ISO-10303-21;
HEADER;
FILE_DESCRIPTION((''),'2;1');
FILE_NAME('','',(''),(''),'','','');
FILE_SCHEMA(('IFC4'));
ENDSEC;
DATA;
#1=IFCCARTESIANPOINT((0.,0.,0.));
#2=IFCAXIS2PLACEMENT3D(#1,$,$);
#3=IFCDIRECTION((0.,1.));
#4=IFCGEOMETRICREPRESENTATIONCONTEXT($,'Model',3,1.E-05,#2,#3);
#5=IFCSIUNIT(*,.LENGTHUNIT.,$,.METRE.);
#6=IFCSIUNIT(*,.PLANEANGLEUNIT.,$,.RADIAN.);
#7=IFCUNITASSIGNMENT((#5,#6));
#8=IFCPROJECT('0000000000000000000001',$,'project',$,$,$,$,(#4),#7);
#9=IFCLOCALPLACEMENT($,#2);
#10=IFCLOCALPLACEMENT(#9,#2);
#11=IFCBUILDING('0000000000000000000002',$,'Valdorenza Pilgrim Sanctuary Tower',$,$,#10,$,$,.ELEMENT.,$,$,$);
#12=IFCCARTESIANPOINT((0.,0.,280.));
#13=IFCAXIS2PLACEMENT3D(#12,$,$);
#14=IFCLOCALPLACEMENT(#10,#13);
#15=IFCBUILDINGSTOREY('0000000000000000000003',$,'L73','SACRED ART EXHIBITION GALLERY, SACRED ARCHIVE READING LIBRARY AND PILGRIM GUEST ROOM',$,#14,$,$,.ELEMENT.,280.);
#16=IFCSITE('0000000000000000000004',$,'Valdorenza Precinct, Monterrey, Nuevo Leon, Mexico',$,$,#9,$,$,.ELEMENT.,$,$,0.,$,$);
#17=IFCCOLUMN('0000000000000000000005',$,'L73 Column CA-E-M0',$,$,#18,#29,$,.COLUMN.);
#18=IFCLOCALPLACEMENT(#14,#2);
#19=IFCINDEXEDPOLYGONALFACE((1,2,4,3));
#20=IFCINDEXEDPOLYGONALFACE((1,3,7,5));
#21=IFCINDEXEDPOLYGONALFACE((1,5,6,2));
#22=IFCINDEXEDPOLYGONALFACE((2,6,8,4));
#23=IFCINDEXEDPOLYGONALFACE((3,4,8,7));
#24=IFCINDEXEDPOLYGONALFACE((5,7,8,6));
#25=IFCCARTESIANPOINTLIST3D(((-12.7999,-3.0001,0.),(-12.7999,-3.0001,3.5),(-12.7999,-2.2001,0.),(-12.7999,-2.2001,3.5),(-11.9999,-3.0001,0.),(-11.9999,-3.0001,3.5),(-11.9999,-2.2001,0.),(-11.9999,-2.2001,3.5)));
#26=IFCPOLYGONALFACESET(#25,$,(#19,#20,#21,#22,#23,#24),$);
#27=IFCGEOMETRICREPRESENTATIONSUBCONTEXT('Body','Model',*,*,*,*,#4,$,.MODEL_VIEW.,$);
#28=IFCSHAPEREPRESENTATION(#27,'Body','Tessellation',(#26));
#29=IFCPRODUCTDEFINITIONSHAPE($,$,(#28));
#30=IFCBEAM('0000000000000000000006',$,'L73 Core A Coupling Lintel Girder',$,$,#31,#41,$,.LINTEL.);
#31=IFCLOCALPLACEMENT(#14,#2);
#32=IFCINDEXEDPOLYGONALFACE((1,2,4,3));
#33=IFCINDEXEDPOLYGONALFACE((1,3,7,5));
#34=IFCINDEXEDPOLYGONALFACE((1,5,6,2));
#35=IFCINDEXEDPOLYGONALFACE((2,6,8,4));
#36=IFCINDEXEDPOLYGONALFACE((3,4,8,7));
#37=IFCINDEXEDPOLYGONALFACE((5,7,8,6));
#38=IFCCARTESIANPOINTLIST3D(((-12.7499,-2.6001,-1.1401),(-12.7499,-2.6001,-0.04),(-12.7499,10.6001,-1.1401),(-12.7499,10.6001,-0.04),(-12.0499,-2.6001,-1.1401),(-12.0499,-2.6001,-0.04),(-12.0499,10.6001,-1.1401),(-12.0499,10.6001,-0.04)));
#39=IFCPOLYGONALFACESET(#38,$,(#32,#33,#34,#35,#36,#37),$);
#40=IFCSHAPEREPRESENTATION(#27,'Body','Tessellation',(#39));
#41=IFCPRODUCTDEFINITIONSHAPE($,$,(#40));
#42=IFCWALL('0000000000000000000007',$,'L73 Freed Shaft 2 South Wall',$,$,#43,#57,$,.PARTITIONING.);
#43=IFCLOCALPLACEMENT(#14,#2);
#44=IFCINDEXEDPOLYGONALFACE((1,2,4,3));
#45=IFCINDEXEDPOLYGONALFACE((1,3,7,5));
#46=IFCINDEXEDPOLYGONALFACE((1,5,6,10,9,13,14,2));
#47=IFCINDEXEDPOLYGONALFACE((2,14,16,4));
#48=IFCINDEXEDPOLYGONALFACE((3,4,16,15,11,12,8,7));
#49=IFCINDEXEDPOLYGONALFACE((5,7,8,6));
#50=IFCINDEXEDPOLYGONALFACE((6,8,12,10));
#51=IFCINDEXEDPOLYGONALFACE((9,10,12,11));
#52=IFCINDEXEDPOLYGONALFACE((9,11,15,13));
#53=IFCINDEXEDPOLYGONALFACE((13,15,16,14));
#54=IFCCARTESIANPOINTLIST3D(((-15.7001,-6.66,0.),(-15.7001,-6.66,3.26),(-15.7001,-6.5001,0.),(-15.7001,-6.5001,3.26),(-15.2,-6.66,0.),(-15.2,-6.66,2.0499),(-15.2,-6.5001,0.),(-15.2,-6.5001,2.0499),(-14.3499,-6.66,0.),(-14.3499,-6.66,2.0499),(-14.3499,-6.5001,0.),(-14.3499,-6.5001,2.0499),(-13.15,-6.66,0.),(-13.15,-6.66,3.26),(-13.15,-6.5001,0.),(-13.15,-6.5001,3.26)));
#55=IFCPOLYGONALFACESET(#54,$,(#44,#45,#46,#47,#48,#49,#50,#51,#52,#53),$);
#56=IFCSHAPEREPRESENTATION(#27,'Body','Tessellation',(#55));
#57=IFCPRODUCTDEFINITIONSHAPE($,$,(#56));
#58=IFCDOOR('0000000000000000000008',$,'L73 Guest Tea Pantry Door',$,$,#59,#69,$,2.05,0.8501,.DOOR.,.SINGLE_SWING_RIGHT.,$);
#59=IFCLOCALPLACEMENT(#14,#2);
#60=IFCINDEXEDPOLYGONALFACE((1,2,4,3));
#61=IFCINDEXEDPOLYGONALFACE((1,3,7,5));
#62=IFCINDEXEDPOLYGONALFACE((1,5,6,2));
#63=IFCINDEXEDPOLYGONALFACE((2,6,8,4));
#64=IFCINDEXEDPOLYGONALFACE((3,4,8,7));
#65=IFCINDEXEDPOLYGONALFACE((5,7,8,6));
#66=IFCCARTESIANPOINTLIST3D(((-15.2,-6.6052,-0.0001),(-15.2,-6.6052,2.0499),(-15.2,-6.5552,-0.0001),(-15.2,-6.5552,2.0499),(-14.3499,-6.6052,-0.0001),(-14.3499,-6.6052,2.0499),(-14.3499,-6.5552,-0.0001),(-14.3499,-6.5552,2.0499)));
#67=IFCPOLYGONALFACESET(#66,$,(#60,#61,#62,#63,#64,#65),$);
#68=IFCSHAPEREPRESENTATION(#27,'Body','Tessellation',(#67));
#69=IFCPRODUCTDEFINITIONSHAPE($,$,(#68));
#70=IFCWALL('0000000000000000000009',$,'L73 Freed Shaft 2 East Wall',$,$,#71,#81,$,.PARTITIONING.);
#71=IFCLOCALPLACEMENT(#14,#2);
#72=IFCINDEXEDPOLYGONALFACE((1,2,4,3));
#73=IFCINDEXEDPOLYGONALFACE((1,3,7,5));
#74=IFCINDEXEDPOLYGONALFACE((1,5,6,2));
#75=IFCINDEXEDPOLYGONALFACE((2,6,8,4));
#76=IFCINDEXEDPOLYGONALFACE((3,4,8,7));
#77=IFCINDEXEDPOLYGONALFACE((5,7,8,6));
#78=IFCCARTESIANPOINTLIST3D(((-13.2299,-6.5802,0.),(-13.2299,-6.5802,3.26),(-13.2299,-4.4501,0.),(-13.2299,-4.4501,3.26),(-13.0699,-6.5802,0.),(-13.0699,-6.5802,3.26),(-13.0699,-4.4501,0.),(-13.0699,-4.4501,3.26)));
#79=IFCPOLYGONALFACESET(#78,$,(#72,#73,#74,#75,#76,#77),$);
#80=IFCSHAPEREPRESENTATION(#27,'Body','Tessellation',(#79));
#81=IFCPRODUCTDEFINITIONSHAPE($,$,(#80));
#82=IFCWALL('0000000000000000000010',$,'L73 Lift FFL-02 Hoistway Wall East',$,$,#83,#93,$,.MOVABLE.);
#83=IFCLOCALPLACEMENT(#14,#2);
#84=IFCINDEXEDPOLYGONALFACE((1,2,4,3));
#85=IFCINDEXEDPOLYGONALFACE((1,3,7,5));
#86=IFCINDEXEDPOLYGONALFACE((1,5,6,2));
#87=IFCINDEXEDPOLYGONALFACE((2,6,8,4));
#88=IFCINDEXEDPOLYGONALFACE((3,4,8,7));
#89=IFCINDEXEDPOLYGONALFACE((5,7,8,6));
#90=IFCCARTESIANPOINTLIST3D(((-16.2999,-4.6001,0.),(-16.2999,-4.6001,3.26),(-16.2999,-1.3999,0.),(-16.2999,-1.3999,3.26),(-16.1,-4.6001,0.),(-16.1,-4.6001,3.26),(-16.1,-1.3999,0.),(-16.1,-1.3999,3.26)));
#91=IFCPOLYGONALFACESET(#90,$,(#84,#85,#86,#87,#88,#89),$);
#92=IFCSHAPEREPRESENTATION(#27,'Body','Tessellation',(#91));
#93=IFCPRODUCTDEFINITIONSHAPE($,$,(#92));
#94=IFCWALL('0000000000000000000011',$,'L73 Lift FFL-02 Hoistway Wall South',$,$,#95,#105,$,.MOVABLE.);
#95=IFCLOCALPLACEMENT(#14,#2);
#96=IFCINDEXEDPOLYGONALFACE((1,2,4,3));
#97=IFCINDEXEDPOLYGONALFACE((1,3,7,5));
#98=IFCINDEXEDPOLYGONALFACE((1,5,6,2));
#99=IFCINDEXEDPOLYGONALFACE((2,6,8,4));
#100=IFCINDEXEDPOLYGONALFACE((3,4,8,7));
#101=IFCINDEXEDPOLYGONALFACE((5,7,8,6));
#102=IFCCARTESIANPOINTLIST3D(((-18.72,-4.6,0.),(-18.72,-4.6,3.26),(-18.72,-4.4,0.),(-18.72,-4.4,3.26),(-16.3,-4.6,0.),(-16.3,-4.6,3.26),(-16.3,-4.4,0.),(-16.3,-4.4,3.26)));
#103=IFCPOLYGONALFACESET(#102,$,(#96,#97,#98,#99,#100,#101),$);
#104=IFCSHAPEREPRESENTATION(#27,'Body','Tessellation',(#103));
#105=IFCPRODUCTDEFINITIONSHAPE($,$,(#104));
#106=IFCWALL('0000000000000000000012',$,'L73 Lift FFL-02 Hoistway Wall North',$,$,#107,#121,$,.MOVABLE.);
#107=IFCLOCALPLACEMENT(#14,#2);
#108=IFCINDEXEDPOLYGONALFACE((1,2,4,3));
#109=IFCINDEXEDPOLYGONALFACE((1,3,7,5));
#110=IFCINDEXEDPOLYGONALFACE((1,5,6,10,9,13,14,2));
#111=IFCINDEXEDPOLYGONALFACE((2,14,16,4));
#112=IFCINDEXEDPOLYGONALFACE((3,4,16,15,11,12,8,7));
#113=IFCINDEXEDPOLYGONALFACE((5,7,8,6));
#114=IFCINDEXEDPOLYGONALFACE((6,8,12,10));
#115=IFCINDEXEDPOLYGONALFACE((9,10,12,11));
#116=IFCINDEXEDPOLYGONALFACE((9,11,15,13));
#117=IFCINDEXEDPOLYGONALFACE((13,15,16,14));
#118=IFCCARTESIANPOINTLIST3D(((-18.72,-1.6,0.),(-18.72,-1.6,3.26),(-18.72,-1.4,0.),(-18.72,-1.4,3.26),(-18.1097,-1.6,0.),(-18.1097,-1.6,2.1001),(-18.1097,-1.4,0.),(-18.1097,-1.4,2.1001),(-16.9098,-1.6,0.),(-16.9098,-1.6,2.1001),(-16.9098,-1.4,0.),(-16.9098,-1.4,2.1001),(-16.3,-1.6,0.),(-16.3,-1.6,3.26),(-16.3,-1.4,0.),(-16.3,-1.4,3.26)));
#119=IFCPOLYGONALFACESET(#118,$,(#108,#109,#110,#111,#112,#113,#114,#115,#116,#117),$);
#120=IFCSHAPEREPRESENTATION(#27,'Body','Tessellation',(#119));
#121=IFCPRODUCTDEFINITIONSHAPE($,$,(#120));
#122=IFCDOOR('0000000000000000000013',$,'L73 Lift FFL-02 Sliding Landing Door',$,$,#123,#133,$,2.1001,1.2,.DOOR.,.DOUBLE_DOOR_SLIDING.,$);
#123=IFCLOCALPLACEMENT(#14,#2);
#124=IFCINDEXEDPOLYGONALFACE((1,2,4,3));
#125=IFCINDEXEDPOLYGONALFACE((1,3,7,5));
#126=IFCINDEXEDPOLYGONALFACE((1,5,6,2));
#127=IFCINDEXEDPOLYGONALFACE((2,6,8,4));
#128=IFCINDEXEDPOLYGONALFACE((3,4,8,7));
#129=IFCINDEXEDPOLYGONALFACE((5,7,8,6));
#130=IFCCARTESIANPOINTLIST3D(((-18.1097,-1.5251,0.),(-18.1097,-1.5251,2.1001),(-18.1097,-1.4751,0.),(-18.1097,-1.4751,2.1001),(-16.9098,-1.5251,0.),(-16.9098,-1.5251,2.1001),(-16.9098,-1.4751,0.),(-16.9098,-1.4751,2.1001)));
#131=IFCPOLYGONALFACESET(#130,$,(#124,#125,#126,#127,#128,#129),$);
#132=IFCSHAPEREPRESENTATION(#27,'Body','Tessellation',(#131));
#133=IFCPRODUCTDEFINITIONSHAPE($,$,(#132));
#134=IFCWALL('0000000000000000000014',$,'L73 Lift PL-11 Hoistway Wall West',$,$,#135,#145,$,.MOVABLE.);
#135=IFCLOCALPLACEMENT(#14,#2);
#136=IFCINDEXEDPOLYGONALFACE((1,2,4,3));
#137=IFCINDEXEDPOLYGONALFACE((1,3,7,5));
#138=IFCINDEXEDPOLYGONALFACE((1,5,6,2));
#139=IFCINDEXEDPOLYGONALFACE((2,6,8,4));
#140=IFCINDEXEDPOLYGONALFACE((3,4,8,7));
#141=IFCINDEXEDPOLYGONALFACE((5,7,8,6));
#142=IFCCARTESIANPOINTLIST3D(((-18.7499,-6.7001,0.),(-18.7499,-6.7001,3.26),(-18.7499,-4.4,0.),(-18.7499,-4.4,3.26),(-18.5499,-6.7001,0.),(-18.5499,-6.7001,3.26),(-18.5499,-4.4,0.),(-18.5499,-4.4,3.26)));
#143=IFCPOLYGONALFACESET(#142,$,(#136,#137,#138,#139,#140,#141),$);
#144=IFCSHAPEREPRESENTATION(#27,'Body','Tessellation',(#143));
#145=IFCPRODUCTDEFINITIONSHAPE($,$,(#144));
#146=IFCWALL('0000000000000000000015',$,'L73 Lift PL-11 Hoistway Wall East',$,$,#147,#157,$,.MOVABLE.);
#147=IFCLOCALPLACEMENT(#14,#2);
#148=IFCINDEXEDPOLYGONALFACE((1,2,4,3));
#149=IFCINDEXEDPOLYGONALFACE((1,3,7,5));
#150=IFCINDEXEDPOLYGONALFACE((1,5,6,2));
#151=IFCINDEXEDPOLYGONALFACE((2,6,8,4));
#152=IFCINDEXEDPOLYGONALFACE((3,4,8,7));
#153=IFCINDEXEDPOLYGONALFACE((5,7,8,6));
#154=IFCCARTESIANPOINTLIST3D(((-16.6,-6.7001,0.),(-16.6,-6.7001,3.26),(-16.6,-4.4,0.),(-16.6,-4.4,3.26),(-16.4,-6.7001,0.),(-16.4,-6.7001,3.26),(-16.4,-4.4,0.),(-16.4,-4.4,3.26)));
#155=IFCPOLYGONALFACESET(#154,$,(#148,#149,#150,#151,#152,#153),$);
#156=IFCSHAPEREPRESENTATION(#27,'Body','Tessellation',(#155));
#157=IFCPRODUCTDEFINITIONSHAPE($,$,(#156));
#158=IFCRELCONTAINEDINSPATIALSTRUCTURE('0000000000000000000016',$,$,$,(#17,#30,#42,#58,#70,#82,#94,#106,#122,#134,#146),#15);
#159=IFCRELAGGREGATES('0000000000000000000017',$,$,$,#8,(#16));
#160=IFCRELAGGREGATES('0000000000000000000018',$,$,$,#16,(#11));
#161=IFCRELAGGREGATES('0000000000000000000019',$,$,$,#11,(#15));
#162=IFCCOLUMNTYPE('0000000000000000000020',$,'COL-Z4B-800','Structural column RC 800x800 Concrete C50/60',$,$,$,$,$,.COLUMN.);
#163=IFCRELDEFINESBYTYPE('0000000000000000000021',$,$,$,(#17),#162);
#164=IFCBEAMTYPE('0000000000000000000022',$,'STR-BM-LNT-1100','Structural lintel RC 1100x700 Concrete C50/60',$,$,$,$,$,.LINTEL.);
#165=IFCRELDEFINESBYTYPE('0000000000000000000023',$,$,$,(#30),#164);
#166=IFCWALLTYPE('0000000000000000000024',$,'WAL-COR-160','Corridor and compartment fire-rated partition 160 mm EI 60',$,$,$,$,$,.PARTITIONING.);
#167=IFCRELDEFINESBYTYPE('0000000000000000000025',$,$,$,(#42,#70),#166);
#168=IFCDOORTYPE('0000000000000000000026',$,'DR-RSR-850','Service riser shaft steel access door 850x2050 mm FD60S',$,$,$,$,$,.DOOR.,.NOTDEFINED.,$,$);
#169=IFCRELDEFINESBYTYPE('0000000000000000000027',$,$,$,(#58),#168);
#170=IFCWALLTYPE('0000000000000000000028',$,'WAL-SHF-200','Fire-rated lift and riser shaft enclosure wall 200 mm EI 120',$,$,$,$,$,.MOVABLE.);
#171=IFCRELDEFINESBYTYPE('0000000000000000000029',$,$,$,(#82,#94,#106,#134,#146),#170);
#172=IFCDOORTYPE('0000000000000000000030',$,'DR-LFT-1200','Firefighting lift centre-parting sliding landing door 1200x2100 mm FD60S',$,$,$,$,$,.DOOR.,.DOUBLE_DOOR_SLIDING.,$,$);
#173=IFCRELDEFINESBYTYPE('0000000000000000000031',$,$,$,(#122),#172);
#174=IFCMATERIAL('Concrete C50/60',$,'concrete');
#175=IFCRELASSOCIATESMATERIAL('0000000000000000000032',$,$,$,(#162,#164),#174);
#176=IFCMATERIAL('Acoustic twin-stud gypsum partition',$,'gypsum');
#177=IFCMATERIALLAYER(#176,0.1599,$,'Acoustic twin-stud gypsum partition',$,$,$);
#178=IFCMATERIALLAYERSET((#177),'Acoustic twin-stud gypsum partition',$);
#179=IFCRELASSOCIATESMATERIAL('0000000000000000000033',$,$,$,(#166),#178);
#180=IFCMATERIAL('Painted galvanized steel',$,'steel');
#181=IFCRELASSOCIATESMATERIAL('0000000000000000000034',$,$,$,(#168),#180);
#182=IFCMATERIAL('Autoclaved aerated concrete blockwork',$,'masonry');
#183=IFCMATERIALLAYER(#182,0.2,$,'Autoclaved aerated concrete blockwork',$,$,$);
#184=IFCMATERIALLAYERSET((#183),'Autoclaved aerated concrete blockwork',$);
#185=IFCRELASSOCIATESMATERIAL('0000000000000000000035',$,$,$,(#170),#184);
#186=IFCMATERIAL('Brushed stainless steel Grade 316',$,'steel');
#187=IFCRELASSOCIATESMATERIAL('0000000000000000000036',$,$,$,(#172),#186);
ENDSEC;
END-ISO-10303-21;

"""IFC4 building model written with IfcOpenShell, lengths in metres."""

from ifc_helpers import new_model, si_unit, direction, frame, frame_2d, origin, origin_2d, place, context, subcontext, project, spatial, rectangle, extrude, source, transform, mapped, material, layer, layer_set, material_profile, profile_set, type_object, element, fill, save


model = new_model("IFC4")

# Units and contexts
model_context = context("Model", 3, precision=1e-05, world=origin(), true_north=direction((0.0, 1.0)))
body_context = subcontext(model_context, "Body", "Model", "MODEL_VIEW")
ifc_project = project(units=[si_unit("LENGTHUNIT", "METRE"), si_unit("PLANEANGLEUNIT", "RADIAN")], contexts=[model_context])

# Site, building, storey
site_placement = place(None, origin())
site = spatial("IfcSite", under=ifc_project, at=site_placement, Name="Valdorenza Precinct, Monterrey, Nuevo Leon, Mexico", CompositionType="ELEMENT", RefElevation=0.0)
building_placement = place(site_placement, origin())
building = spatial("IfcBuilding", under=site, at=building_placement, Name="Valdorenza Pilgrim Sanctuary Tower", CompositionType="ELEMENT")
storey_placement = place(building_placement, frame((0.0, 0.0, 280.0)))
storey = spatial("IfcBuildingStorey", under=building, at=storey_placement, Name="L73", Description="SACRED ART EXHIBITION GALLERY, SACRED ARCHIVE READING LIBRARY AND PILGRIM GUEST ROOM", CompositionType="ELEMENT", Elevation=280.0)

# Column
ifc_material_1 = material(Name="Concrete C50/60", Category="concrete")
ifc_material_profile_1 = material_profile(ifc_material_1, rectangle(XDim=0.8, YDim=0.8, at=origin_2d()), Name="RC 800x800")
ifc_profile_set_1 = profile_set([ifc_material_profile_1], Name="Concrete C50/60")
column_type = type_object("IfcColumnType", Name="COL-Z4B-800", Description="Structural column RC 800x800 Concrete C50/60", PredefinedType="COLUMN", material=ifc_profile_set_1)
shared_shape_1 = source(origin(), body_context, "Body", "SweptSolid", [
    extrude(rectangle(XDim=0.8, YDim=0.8, at=origin_2d()), origin(), (0.0, 0.0, 1.0), 3.5),
])
column_placement = place(storey_placement, frame((-12.3999, -2.6001, 0.0), z_axis=(0.0, 0.0, 1.0), x_axis=(1.0, 0.0, 0.0)))
element("IfcColumn", 1, at=column_placement, inside=storey, type_object=column_type, Name="L73 Column CA-E-M0", PredefinedType="COLUMN", context=body_context, shape_type="MappedRepresentation", body=[
    mapped(shared_shape_1, transform((0.0, 0.0, 0.0), x_axis=(1.0, 0.0, 0.0), y_axis=(0.0, 1.0, 0.0), z_axis=(0.0, 0.0, 1.0), scale=1.0)),
])

# Beam
ifc_material_profile_2 = material_profile(ifc_material_1, rectangle(XDim=0.7, YDim=1.1001, at=origin_2d()), Name="RC 1100x700")
ifc_profile_set_2 = profile_set([ifc_material_profile_2], Name="Concrete C50/60")
beam_type = type_object("IfcBeamType", Name="STR-BM-LNT-1100", Description="Structural lintel RC 1100x700 Concrete C50/60", PredefinedType="LINTEL", material=ifc_profile_set_2)
shared_shape_2 = source(origin(), body_context, "Body", "SweptSolid", [
    extrude(rectangle(XDim=0.7, YDim=1.1001, at=origin_2d()), origin(), (0.0, 0.0, 1.0), 13.2002),
])
beam_placement = place(storey_placement, frame((-12.3999, -2.6001, -0.5901), z_axis=(0.0, 1.0, 0.0), x_axis=(-1.0, 0.0, 0.0)))
element("IfcBeam", 2, at=beam_placement, inside=storey, type_object=beam_type, Name="L73 Core A Coupling Lintel Girder", PredefinedType="LINTEL", context=body_context, shape_type="MappedRepresentation", body=[
    mapped(shared_shape_2, transform((0.0, 0.0, 0.0), x_axis=(1.0, 0.0, 0.0), y_axis=(0.0, 1.0, 0.0), z_axis=(0.0, 0.0, 1.0), scale=1.0)),
])

# Wall, opening, door
ifc_material_2 = material(Name="Acoustic twin-stud gypsum partition", Category="gypsum")
ifc_layer_1 = layer(ifc_material_2, 0.1599, Name="Acoustic twin-stud gypsum partition")
ifc_layer_set_1 = layer_set([ifc_layer_1], Name="Acoustic twin-stud gypsum partition")
wall_type_1 = type_object("IfcWallType", Name="WAL-COR-160", Description="Corridor and compartment fire-rated partition 160 mm EI 60", PredefinedType="PARTITIONING", material=ifc_layer_set_1)
wall_1_placement = place(storey_placement, frame((-15.7, -6.5801, 0.0), z_axis=(0.0, 0.0, 1.0), x_axis=(1.0, 0.0, 0.0)))
wall_1 = element("IfcWall", 3, at=wall_1_placement, inside=storey, type_object=wall_type_1, Name="L73 Freed Shaft 2 South Wall", PredefinedType="PARTITIONING", context=body_context, shape_type="SweptSolid", body=[
    extrude(rectangle(XDim=2.55, YDim=0.1599, at=frame_2d((1.2749, 0.0))), origin(), (0.0, 0.0, 1.0), 3.26),
])
opening_1_placement = place(wall_1_placement, frame((0.5, 0.0, 0.0)))
opening_1 = element("IfcOpeningElement", 4, at=opening_1_placement, cuts=wall_1, PredefinedType="OPENING", context=body_context, shape_type="SweptSolid", body=[
    extrude(rectangle(XDim=0.8501, YDim=2.05, at=frame_2d((0.425, 1.0249))), frame((0.0, 0.0947, 0.0), z_axis=(0.0, -1.0, 0.0), x_axis=(1.0, 0.0, 0.0)), (0.0, 0.0, 1.0), 0.1897),
])
ifc_material_3 = material(Name="Painted galvanized steel", Category="steel")
door_type_1 = type_object("IfcDoorType", Name="DR-RSR-850", Description="Service riser shaft steel access door 850x2050 mm FD60S", OperationType="NOTDEFINED", PredefinedType="DOOR", material=ifc_material_3)
door_1_placement = place(opening_1_placement, origin())
door_1 = element("IfcDoor", 5, at=door_1_placement, inside=storey, type_object=door_type_1, Name="L73 Guest Tea Pantry Door", OperationType="SINGLE_SWING_RIGHT", OverallHeight=2.05, OverallWidth=0.8501, PredefinedType="DOOR", context=body_context, shape_type="SweptSolid", body=[
    extrude(rectangle(XDim=0.8501, YDim=2.05, at=frame_2d((0.425, 1.0249))), frame((0.0, 0.0249, 0.0), z_axis=(0.0, -1.0, 0.0), x_axis=(1.0, 0.0, 0.0)), (0.0, 0.0, 1.0), 0.05),
])
fill(opening_1, door_1)

# Wall
wall_2_placement = place(storey_placement, frame((-13.1499, -6.5801, 0.0), z_axis=(0.0, 0.0, 1.0), x_axis=(0.0, 1.0, 0.0)))
element("IfcWall", 6, at=wall_2_placement, inside=storey, type_object=wall_type_1, Name="L73 Freed Shaft 2 East Wall", PredefinedType="PARTITIONING", context=body_context, shape_type="SweptSolid", body=[
    extrude(rectangle(XDim=2.1301, YDim=0.1599, at=frame_2d((1.0649, 0.0))), origin(), (0.0, 0.0, 1.0), 3.26),
])

# Walls
ifc_material_4 = material(Name="Autoclaved aerated concrete blockwork", Category="masonry")
ifc_layer_2 = layer(ifc_material_4, 0.2, Name="Autoclaved aerated concrete blockwork")
ifc_layer_set_2 = layer_set([ifc_layer_2], Name="Autoclaved aerated concrete blockwork")
wall_type_2 = type_object("IfcWallType", Name="WAL-SHF-200", Description="Fire-rated lift and riser shaft enclosure wall 200 mm EI 120", PredefinedType="MOVABLE", material=ifc_layer_set_2)
wall_3_placement = place(storey_placement, frame((-16.2, -4.6001, 0.0), z_axis=(0.0, 0.0, 1.0), x_axis=(0.0, 1.0, 0.0)))
element("IfcWall", 7, at=wall_3_placement, inside=storey, type_object=wall_type_2, Name="L73 Lift FFL-02 Hoistway Wall East", PredefinedType="MOVABLE", context=body_context, shape_type="SweptSolid", body=[
    extrude(rectangle(XDim=3.2002, YDim=0.2, at=frame_2d((1.6001, 0.0))), origin(), (0.0, 0.0, 1.0), 3.26),
])
wall_4_placement = place(storey_placement, frame((-18.72, -4.5, 0.0), z_axis=(0.0, 0.0, 1.0), x_axis=(1.0, 0.0, 0.0)))
element("IfcWall", 8, at=wall_4_placement, inside=storey, type_object=wall_type_2, Name="L73 Lift FFL-02 Hoistway Wall South", PredefinedType="MOVABLE", context=body_context, shape_type="SweptSolid", body=[
    extrude(rectangle(XDim=2.4199, YDim=0.2, at=frame_2d((1.21, 0.0))), origin(), (0.0, 0.0, 1.0), 3.26),
])

# Wall, opening, door
wall_5_placement = place(storey_placement, frame((-18.72, -1.5, 0.0), z_axis=(0.0, 0.0, 1.0), x_axis=(1.0, 0.0, 0.0)))
wall_5 = element("IfcWall", 9, at=wall_5_placement, inside=storey, type_object=wall_type_2, Name="L73 Lift FFL-02 Hoistway Wall North", PredefinedType="MOVABLE", context=body_context, shape_type="SweptSolid", body=[
    extrude(rectangle(XDim=2.4199, YDim=0.2, at=frame_2d((1.21, 0.0))), origin(), (0.0, 0.0, 1.0), 3.26),
])
opening_2_placement = place(wall_5_placement, frame((0.6101, 0.0, 0.0)))
opening_2 = element("IfcOpeningElement", 10, at=opening_2_placement, cuts=wall_5, PredefinedType="OPENING", context=body_context, shape_type="SweptSolid", body=[
    extrude(rectangle(XDim=1.2, YDim=2.1001, at=frame_2d((0.6001, 1.05))), frame((0.0, 0.1147, 0.0), z_axis=(0.0, -1.0, 0.0), x_axis=(1.0, 0.0, 0.0)), (0.0, 0.0, 1.0), 0.2297),
])
ifc_material_5 = material(Name="Brushed stainless steel Grade 316", Category="steel")
door_type_2 = type_object("IfcDoorType", Name="DR-LFT-1200", Description="Firefighting lift centre-parting sliding landing door 1200x2100 mm FD60S", OperationType="DOUBLE_DOOR_SLIDING", PredefinedType="DOOR", material=ifc_material_5)
door_2_placement = place(opening_2_placement, origin())
door_2 = element("IfcDoor", 11, at=door_2_placement, inside=storey, type_object=door_type_2, Name="L73 Lift FFL-02 Sliding Landing Door", OperationType="DOUBLE_DOOR_SLIDING", OverallHeight=2.1001, OverallWidth=1.2, PredefinedType="DOOR", context=body_context, shape_type="SweptSolid", body=[
    extrude(rectangle(XDim=1.2, YDim=2.1001, at=frame_2d((0.6001, 1.05))), frame((0.0, 0.0249, 0.0), z_axis=(0.0, -1.0, 0.0), x_axis=(1.0, 0.0, 0.0)), (0.0, 0.0, 1.0), 0.05),
])
fill(opening_2, door_2)

# Walls
for number, where, z_axis, x_axis, name in (
    (12, (-18.6499, -6.7, 0.0), (0.0, 0.0, 1.0), (0.0, 1.0, 0.0), "L73 Lift PL-11 Hoistway Wall West"),
    (13, (-16.5, -6.7, 0.0), (0.0, 0.0, 1.0), (0.0, 1.0, 0.0), "L73 Lift PL-11 Hoistway Wall East"),
):
    element("IfcWall", number, at=place(storey_placement, frame(where, z_axis=z_axis, x_axis=x_axis)), inside=storey, type_object=wall_type_2, Name=name, PredefinedType="MOVABLE", context=body_context, shape_type="SweptSolid", body=[
        extrude(rectangle(XDim=2.3, YDim=0.2, at=frame_2d((1.1499, 0.0))), origin(), (0.0, 0.0, 1.0), 3.26),
    ])

save(model, "model.ifc")
